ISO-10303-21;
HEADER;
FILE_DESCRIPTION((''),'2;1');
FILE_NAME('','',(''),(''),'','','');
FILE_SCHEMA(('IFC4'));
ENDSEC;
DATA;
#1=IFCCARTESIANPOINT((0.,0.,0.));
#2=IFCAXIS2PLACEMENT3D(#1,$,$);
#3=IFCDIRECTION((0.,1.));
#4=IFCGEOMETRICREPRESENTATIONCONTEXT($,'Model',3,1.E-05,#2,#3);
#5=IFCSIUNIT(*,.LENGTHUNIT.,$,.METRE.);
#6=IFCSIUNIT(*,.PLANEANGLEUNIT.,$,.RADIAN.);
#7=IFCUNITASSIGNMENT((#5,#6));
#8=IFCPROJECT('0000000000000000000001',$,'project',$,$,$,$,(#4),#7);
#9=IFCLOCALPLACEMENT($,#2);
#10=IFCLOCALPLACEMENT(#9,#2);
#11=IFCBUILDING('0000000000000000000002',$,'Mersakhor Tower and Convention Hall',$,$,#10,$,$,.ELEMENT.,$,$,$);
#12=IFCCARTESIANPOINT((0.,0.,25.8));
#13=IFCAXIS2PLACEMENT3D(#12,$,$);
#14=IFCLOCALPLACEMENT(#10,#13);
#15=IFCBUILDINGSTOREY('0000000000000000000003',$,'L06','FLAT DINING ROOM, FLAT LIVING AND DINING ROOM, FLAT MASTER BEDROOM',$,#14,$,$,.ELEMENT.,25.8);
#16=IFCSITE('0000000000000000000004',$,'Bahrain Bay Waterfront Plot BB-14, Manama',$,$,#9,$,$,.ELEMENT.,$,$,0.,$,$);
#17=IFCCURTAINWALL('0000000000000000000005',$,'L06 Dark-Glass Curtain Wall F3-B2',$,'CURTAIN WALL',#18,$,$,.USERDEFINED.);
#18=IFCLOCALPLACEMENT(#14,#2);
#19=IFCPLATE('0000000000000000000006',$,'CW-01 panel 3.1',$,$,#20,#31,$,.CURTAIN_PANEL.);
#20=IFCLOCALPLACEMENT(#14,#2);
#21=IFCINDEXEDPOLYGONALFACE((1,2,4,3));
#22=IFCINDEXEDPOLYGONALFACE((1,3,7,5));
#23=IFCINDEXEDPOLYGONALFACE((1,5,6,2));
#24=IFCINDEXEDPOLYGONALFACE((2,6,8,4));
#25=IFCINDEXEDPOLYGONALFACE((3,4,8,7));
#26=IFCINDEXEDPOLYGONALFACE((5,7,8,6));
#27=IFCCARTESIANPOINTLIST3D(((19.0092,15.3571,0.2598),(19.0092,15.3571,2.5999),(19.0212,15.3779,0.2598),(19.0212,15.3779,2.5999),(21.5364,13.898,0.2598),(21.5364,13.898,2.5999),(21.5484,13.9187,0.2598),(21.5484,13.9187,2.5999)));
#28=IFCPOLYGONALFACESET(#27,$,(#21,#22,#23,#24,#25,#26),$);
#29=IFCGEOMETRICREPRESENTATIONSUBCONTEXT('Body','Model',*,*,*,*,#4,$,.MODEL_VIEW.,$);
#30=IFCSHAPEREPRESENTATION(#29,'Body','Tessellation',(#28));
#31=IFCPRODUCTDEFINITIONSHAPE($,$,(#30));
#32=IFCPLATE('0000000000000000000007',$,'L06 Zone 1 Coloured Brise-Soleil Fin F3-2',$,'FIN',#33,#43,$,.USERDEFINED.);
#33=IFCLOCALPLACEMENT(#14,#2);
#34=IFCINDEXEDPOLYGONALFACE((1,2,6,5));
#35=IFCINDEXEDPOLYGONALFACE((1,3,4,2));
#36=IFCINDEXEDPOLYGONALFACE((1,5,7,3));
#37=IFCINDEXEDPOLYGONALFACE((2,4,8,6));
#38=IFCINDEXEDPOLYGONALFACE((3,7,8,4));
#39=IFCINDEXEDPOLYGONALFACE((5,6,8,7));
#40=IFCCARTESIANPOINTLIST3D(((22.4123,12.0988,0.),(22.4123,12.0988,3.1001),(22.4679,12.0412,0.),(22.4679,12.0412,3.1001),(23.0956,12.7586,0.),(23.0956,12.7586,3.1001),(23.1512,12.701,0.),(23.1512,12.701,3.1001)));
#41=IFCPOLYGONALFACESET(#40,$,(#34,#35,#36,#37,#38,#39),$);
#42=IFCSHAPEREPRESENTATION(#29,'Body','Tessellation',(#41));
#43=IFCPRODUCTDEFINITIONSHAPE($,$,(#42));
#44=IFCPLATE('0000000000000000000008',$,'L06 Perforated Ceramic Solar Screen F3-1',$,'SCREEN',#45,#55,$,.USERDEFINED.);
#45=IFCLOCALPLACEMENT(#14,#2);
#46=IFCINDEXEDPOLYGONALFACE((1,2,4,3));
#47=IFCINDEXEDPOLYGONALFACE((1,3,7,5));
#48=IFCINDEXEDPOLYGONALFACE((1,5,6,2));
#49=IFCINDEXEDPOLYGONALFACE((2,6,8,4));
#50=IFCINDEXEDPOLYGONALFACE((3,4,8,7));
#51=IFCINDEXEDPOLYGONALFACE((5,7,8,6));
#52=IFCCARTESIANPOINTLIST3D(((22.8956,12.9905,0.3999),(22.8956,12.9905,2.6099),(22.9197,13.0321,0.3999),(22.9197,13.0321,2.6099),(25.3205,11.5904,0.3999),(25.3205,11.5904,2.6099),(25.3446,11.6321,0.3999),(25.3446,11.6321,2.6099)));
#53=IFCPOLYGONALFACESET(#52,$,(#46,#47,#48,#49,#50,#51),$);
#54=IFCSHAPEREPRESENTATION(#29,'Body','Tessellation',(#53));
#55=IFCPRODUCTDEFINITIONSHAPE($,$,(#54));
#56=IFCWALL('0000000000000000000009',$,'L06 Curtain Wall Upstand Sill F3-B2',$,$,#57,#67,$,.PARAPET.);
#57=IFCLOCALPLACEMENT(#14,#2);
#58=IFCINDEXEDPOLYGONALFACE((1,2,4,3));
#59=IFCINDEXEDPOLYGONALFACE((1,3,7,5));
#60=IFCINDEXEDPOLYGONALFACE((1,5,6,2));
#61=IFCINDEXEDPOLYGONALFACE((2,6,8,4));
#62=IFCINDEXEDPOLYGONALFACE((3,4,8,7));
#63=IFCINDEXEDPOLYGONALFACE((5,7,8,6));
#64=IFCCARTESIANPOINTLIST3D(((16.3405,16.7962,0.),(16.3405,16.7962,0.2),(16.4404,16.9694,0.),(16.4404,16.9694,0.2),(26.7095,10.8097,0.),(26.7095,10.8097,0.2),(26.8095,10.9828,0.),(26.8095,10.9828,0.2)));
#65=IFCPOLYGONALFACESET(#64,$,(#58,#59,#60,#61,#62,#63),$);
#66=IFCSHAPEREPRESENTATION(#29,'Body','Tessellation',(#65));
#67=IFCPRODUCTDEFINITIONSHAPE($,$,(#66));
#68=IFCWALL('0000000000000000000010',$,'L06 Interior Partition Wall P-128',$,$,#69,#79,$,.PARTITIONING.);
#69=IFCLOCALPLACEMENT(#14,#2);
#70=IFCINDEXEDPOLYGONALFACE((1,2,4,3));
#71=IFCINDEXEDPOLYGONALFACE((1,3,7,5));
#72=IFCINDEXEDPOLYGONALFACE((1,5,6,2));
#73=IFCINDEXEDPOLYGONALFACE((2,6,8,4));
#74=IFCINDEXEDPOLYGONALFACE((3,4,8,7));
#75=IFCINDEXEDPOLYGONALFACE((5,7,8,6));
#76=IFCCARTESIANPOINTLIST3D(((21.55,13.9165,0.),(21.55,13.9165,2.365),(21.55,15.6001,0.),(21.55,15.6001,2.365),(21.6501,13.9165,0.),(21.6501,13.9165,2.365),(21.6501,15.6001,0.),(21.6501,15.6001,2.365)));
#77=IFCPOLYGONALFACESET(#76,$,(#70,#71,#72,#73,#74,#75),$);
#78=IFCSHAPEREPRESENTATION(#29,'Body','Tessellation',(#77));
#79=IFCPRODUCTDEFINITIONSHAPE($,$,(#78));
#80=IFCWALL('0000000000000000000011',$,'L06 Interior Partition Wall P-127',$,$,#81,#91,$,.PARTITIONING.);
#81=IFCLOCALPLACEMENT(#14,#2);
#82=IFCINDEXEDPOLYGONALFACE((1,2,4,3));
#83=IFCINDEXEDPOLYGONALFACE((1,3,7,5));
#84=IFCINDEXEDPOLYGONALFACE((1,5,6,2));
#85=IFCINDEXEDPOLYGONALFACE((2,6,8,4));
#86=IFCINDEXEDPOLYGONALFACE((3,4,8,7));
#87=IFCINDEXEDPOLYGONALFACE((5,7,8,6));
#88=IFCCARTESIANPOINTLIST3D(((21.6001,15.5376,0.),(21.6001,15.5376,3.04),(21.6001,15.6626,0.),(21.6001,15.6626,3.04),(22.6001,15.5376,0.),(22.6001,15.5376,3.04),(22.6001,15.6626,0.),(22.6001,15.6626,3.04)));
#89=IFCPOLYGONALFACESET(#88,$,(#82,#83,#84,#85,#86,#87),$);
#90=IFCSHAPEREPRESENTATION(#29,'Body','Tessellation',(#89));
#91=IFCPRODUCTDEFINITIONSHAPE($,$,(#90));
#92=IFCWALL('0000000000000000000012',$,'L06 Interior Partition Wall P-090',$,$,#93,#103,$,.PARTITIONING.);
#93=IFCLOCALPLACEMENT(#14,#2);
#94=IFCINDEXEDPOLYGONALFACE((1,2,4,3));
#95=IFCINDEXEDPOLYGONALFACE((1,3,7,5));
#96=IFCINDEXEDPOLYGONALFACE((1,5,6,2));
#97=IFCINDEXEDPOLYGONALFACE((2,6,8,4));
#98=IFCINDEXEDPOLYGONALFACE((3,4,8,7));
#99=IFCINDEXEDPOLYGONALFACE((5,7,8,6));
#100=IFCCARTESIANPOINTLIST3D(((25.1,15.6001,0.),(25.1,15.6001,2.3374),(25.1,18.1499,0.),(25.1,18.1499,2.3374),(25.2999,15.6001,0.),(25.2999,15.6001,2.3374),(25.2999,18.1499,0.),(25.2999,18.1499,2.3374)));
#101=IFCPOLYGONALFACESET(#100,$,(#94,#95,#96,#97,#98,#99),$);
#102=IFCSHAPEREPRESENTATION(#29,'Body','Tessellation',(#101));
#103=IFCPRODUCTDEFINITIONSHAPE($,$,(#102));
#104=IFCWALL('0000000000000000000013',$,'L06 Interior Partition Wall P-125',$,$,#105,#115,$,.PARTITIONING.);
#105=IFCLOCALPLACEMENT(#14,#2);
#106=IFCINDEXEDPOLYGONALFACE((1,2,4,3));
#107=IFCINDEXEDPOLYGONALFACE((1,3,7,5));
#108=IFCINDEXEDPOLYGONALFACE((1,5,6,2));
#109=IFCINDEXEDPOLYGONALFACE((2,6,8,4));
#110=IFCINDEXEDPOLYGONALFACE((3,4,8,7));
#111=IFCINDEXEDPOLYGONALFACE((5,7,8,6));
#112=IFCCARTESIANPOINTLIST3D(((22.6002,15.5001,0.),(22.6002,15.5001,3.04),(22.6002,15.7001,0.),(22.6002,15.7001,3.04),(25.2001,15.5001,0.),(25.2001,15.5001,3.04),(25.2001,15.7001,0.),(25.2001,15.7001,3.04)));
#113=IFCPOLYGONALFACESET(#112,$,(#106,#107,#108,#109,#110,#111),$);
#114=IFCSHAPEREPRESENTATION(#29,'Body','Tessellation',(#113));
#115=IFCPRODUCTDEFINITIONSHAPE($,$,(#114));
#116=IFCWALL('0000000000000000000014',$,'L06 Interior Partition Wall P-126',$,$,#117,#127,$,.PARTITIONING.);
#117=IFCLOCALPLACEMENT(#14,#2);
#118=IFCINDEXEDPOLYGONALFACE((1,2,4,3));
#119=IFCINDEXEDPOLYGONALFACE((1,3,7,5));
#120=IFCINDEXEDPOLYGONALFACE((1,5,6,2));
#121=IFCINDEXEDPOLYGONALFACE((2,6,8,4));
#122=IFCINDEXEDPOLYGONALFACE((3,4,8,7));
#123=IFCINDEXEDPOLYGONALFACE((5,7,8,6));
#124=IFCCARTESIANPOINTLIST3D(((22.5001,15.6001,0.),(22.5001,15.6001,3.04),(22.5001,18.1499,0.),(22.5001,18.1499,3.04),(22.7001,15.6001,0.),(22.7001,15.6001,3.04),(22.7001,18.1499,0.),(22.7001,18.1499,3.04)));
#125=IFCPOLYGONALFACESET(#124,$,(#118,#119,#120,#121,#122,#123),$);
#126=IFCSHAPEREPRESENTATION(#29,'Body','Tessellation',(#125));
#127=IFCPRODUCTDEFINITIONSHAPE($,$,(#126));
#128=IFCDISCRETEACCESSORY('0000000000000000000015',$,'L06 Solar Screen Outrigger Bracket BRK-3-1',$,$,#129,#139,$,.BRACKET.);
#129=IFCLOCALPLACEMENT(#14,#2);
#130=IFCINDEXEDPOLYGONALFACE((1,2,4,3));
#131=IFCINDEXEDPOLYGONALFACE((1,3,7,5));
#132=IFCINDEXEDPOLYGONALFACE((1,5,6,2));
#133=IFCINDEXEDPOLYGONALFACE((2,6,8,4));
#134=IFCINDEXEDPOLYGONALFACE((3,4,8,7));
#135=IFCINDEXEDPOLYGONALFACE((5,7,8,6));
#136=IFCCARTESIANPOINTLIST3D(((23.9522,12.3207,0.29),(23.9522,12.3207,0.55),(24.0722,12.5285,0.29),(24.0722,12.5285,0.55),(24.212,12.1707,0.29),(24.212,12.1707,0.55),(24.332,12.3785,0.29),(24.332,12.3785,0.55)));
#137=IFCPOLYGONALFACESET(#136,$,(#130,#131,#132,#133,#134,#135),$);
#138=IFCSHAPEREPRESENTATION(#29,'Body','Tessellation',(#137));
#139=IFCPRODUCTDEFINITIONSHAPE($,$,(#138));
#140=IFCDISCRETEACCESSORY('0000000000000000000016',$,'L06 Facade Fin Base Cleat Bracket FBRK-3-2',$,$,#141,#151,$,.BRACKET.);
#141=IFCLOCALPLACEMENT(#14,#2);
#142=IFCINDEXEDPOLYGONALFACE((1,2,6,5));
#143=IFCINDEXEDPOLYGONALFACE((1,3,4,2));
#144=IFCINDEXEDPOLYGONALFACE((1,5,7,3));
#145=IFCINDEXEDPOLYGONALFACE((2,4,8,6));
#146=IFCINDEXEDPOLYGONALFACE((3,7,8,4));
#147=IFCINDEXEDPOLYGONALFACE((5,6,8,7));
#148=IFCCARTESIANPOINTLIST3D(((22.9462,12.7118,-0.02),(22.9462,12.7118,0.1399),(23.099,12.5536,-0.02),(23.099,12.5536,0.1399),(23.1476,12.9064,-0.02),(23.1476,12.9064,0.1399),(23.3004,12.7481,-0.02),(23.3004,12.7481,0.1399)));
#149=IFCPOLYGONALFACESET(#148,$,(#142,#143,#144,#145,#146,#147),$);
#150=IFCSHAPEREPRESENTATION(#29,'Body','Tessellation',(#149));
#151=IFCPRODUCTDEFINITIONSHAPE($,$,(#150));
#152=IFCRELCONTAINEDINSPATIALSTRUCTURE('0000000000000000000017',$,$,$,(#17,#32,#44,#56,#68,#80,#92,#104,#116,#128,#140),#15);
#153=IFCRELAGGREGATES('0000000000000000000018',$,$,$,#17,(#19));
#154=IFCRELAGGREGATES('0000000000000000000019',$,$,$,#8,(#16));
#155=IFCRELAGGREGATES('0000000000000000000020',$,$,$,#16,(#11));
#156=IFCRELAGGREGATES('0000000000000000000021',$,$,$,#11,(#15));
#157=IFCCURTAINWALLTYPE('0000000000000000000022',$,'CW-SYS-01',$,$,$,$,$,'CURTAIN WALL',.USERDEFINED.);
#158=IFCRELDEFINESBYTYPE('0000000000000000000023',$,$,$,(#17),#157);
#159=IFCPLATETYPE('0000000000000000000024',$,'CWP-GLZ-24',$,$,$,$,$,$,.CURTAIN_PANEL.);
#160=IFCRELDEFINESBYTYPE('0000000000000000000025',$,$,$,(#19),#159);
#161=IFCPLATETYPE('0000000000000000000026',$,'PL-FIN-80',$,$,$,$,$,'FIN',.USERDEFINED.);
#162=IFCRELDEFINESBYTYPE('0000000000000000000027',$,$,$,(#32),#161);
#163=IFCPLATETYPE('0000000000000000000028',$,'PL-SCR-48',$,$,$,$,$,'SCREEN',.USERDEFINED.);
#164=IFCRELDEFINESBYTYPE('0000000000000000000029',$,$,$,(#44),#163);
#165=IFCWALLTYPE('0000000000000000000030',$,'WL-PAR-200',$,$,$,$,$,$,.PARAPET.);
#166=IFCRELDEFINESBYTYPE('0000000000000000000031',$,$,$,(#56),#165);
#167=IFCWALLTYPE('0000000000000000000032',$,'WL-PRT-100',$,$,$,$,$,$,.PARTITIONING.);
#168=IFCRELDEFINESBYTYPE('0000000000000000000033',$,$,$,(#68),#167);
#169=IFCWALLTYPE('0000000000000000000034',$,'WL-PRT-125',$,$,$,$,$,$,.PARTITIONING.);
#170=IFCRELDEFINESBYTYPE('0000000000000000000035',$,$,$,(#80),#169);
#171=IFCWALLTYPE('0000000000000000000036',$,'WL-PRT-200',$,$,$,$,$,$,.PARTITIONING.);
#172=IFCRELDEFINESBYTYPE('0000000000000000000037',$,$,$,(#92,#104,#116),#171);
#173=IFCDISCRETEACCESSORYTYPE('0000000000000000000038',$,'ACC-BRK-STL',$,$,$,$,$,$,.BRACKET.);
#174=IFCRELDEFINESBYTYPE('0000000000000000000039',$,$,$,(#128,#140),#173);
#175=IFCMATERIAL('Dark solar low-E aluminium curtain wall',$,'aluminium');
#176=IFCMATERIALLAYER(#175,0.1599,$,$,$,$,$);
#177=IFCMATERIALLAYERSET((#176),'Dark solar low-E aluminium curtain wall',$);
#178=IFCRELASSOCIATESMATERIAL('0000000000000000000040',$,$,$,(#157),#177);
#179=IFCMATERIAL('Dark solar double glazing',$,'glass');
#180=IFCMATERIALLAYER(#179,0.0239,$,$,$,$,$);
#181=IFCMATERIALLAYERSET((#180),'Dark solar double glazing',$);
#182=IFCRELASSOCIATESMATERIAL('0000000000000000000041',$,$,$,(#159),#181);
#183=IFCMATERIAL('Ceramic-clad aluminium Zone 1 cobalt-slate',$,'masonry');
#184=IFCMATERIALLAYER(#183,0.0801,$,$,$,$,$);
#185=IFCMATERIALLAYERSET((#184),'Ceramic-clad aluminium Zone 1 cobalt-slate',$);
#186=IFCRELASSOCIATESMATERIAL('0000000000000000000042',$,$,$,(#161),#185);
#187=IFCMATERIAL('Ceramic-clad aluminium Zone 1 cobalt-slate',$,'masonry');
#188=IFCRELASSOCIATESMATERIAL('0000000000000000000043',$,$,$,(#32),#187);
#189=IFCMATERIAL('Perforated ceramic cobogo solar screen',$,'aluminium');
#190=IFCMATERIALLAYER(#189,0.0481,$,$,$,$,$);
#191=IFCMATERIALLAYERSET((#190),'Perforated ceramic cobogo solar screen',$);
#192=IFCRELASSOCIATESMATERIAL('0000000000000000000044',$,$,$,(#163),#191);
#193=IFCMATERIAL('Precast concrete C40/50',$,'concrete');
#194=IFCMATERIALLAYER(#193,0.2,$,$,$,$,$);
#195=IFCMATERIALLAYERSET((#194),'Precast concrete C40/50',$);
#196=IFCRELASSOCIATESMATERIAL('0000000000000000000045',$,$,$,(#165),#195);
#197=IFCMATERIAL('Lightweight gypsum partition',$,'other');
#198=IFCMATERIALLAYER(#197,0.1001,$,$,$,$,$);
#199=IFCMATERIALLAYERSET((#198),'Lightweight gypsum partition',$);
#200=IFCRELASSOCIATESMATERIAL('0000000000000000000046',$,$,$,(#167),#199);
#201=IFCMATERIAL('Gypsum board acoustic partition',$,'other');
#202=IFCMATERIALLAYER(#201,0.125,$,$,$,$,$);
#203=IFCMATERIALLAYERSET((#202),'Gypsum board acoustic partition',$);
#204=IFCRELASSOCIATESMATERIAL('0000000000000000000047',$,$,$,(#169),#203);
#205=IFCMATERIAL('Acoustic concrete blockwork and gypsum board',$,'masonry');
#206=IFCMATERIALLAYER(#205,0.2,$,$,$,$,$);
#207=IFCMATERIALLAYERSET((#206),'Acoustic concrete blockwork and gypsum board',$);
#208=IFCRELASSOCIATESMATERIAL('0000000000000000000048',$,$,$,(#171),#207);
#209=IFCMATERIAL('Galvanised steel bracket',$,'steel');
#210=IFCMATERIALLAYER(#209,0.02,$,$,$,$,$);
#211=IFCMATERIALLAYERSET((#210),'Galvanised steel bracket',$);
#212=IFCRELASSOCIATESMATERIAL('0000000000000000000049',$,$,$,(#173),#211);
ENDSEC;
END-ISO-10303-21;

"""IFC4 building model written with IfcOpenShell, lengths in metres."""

from ifc_helpers import new_model, si_unit, direction, frame, frame_2d, origin, origin_2d, place, context, subcontext, project, spatial, rectangle, extrude, material, layer, layer_set, type_object, element, aggregate, save


model = new_model("IFC4")

# Units and contexts
model_context = context("Model", 3, precision=1e-05, world=origin(), true_north=direction((0.0, 1.0)))
body_context = subcontext(model_context, "Body", "Model", "MODEL_VIEW")
ifc_project = project(units=[si_unit("LENGTHUNIT", "METRE"), si_unit("PLANEANGLEUNIT", "RADIAN")], contexts=[model_context])

# Site, building, storey
site_placement = place(None, origin())
site = spatial("IfcSite", under=ifc_project, at=site_placement, Name="Bahrain Bay Waterfront Plot BB-14, Manama", CompositionType="ELEMENT", RefElevation=0.0)
building_placement = place(site_placement, origin())
building = spatial("IfcBuilding", under=site, at=building_placement, Name="Mersakhor Tower and Convention Hall", CompositionType="ELEMENT")
storey_placement = place(building_placement, frame((0.0, 0.0, 25.8)))
storey = spatial("IfcBuildingStorey", under=building, at=storey_placement, Name="L06", Description="FLAT DINING ROOM, FLAT LIVING AND DINING ROOM, FLAT MASTER BEDROOM", CompositionType="ELEMENT", Elevation=25.8)

# Curtain wall, plate
ifc_material_1 = material(Name="Dark solar low-E aluminium curtain wall", Category="aluminium")
ifc_layer_1 = layer(ifc_material_1, 0.1599)
ifc_layer_set_1 = layer_set([ifc_layer_1], Name="Dark solar low-E aluminium curtain wall")
curtain_wall_type = type_object("IfcCurtainWallType", Name="CW-SYS-01", ElementType="CURTAIN WALL", PredefinedType="USERDEFINED", material=ifc_layer_set_1)
curtain_wall_placement = place(storey_placement, origin())
curtain_wall = element("IfcCurtainWall", 1, at=curtain_wall_placement, inside=storey, type_object=curtain_wall_type, Name="L06 Dark-Glass Curtain Wall F3-B2", ObjectType="CURTAIN WALL", PredefinedType="USERDEFINED")
ifc_material_2 = material(Name="Dark solar double glazing", Category="glass")
ifc_layer_2 = layer(ifc_material_2, 0.0239)
ifc_layer_set_2 = layer_set([ifc_layer_2], Name="Dark solar double glazing")
plate_type_1 = type_object("IfcPlateType", Name="CWP-GLZ-24", PredefinedType="CURTAIN_PANEL", material=ifc_layer_set_2)
plate_1_placement = place(storey_placement, frame((20.2788, 14.6379, 0.2598), z_axis=(0.0, 0.0, 1.0), x_axis=(-0.866023, 0.500003, 0.0)))
plate_1 = element("IfcPlate", 2, at=plate_1_placement, type_object=plate_type_1, Name="CW-01 panel 3.1", PredefinedType="CURTAIN_PANEL", context=body_context, shape_type="SweptSolid", body=[
    extrude(rectangle(XDim=2.9182, YDim=0.0239, at=origin_2d()), origin(), (0.0, 0.0, 1.0), 2.3401),
])
aggregate(curtain_wall, [plate_1])

# Plates
ifc_material_3 = material(Name="Ceramic-clad aluminium Zone 1 cobalt-slate", Category="masonry")
ifc_material_4 = material(Name="Ceramic-clad aluminium Zone 1 cobalt-slate", Category="masonry")
ifc_layer_3 = layer(ifc_material_4, 0.0801)
ifc_layer_set_3 = layer_set([ifc_layer_3], Name="Ceramic-clad aluminium Zone 1 cobalt-slate")
plate_type_2 = type_object("IfcPlateType", Name="PL-FIN-80", ElementType="FIN", PredefinedType="USERDEFINED", material=ifc_layer_set_3)
plate_2_placement = place(storey_placement, frame((22.7817, 12.3999, 0.0), z_axis=(0.0, 0.0, 1.0), x_axis=(-0.71934, -0.694658, 0.0)))
element("IfcPlate", 3, at=plate_2_placement, inside=storey, type_object=plate_type_2, material=ifc_material_3, Name="L06 Zone 1 Coloured Brise-Soleil Fin F3-2", ObjectType="FIN", PredefinedType="USERDEFINED", context=body_context, shape_type="SweptSolid", body=[
    extrude(rectangle(XDim=0.95, YDim=0.0801, at=origin_2d()), origin(), (0.0, 0.0, 1.0), 3.1001),
])
ifc_material_5 = material(Name="Perforated ceramic cobogo solar screen", Category="aluminium")
ifc_layer_4 = layer(ifc_material_5, 0.0481)
ifc_layer_set_4 = layer_set([ifc_layer_4], Name="Perforated ceramic cobogo solar screen")
plate_type_3 = type_object("IfcPlateType", Name="PL-SCR-48", ElementType="SCREEN", PredefinedType="USERDEFINED", material=ifc_layer_set_4)
plate_3_placement = place(storey_placement, frame((24.1201, 12.3113, 0.3999), z_axis=(0.0, 0.0, 1.0), x_axis=(-0.866025, 0.5, 0.0)))
element("IfcPlate", 4, at=plate_3_placement, inside=storey, type_object=plate_type_3, Name="L06 Perforated Ceramic Solar Screen F3-1", ObjectType="SCREEN", PredefinedType="USERDEFINED", context=body_context, shape_type="SweptSolid", body=[
    extrude(rectangle(XDim=2.8, YDim=0.0481, at=origin_2d()), origin(), (0.0, 0.0, 1.0), 2.21),
])

# Walls
ifc_material_6 = material(Name="Precast concrete C40/50", Category="concrete")
ifc_layer_5 = layer(ifc_material_6, 0.2)
ifc_layer_set_5 = layer_set([ifc_layer_5], Name="Precast concrete C40/50")
wall_type_1 = type_object("IfcWallType", Name="WL-PAR-200", PredefinedType="PARAPET", material=ifc_layer_set_5)
wall_1_placement = place(storey_placement, frame((26.7595, 10.8962, 0.0), z_axis=(0.0, 0.0, 1.0), x_axis=(-0.866027, 0.499997, 0.0)))
element("IfcWall", 5, at=wall_1_placement, inside=storey, type_object=wall_type_1, Name="L06 Curtain Wall Upstand Sill F3-B2", PredefinedType="PARAPET", context=body_context, shape_type="SweptSolid", body=[
    extrude(rectangle(XDim=11.9731, YDim=0.2, at=frame_2d((5.9866, 0.0))), origin(), (0.0, 0.0, 1.0), 0.2),
])
ifc_material_7 = material(Name="Lightweight gypsum partition", Category="other")
ifc_layer_6 = layer(ifc_material_7, 0.1001)
ifc_layer_set_6 = layer_set([ifc_layer_6], Name="Lightweight gypsum partition")
wall_type_2 = type_object("IfcWallType", Name="WL-PRT-100", PredefinedType="PARTITIONING", material=ifc_layer_set_6)
wall_2_placement = place(storey_placement, frame((21.6001, 15.6001, 0.0), z_axis=(0.0, 0.0, 1.0), x_axis=(0.0, -1.0, 0.0)))
element("IfcWall", 6, at=wall_2_placement, inside=storey, type_object=wall_type_2, Name="L06 Interior Partition Wall P-128", PredefinedType="PARTITIONING", context=body_context, shape_type="SweptSolid", body=[
    extrude(rectangle(XDim=1.6836, YDim=0.1001, at=frame_2d((0.8418, 0.0))), origin(), (0.0, 0.0, 1.0), 2.365),
])
ifc_material_8 = material(Name="Gypsum board acoustic partition", Category="other")
ifc_layer_7 = layer(ifc_material_8, 0.125)
ifc_layer_set_7 = layer_set([ifc_layer_7], Name="Gypsum board acoustic partition")
wall_type_3 = type_object("IfcWallType", Name="WL-PRT-125", PredefinedType="PARTITIONING", material=ifc_layer_set_7)
wall_3_placement = place(storey_placement, frame((22.6001, 15.6001, 0.0), z_axis=(0.0, 0.0, 1.0), x_axis=(-1.0, 0.0, 0.0)))
element("IfcWall", 7, at=wall_3_placement, inside=storey, type_object=wall_type_3, Name="L06 Interior Partition Wall P-127", PredefinedType="PARTITIONING", context=body_context, shape_type="SweptSolid", body=[
    extrude(rectangle(XDim=1.0, YDim=0.125, at=frame_2d((0.5, 0.0))), origin(), (0.0, 0.0, 1.0), 3.04),
])
ifc_material_9 = material(Name="Acoustic concrete blockwork and gypsum board", Category="masonry")
ifc_layer_8 = layer(ifc_material_9, 0.2)
ifc_layer_set_8 = layer_set([ifc_layer_8], Name="Acoustic concrete blockwork and gypsum board")
wall_type_4 = type_object("IfcWallType", Name="WL-PRT-200", PredefinedType="PARTITIONING", material=ifc_layer_set_8)
wall_4_placement = place(storey_placement, frame((25.2, 15.6001, 0.0), z_axis=(0.0, 0.0, 1.0), x_axis=(0.0, 1.0, 0.0)))
element("IfcWall", 8, at=wall_4_placement, inside=storey, type_object=wall_type_4, Name="L06 Interior Partition Wall P-090", PredefinedType="PARTITIONING", context=body_context, shape_type="SweptSolid", body=[
    extrude(rectangle(XDim=2.5498, YDim=0.2, at=frame_2d((1.2749, 0.0))), origin(), (0.0, 0.0, 1.0), 2.3374),
])
wall_5_placement = place(storey_placement, frame((25.2, 15.6001, 0.0), z_axis=(0.0, 0.0, 1.0), x_axis=(-1.0, 0.0, 0.0)))
element("IfcWall", 9, at=wall_5_placement, inside=storey, type_object=wall_type_4, Name="L06 Interior Partition Wall P-125", PredefinedType="PARTITIONING", context=body_context, shape_type="SweptSolid", body=[
    extrude(rectangle(XDim=2.5999, YDim=0.2, at=frame_2d((1.2998, 0.0))), origin(), (0.0, 0.0, 1.0), 3.04),
])
wall_6_placement = place(storey_placement, frame((22.6001, 15.6001, 0.0), z_axis=(0.0, 0.0, 1.0), x_axis=(0.0, 1.0, 0.0)))
element("IfcWall", 10, at=wall_6_placement, inside=storey, type_object=wall_type_4, Name="L06 Interior Partition Wall P-126", PredefinedType="PARTITIONING", context=body_context, shape_type="SweptSolid", body=[
    extrude(rectangle(XDim=2.5498, YDim=0.2, at=frame_2d((1.2749, 0.0))), origin(), (0.0, 0.0, 1.0), 3.04),
])

# Discrete accessories
ifc_material_10 = material(Name="Galvanised steel bracket", Category="steel")
ifc_layer_9 = layer(ifc_material_10, 0.02)
ifc_layer_set_9 = layer_set([ifc_layer_9], Name="Galvanised steel bracket")
discrete_accessory_type = type_object("IfcDiscreteAccessoryType", Name="ACC-BRK-STL", PredefinedType="BRACKET", material=ifc_layer_set_9)
discrete_accessory_1_placement = place(storey_placement, frame((24.1421, 12.3496, 0.29), z_axis=(0.0, 0.0, 1.0), x_axis=(-0.866025, 0.5, 0.0)))
element("IfcDiscreteAccessory", 11, at=discrete_accessory_1_placement, inside=storey, type_object=discrete_accessory_type, Name="L06 Solar Screen Outrigger Bracket BRK-3-1", PredefinedType="BRACKET", context=body_context, shape_type="SweptSolid", body=[
    extrude(rectangle(XDim=0.3, YDim=0.24, at=origin_2d()), origin(), (0.0, 0.0, 1.0), 0.26),
])
discrete_accessory_2_placement = place(storey_placement, frame((23.1233, 12.73, -0.02), z_axis=(0.0, 0.0, 1.0), x_axis=(-0.71934, -0.694658, 0.0)))
element("IfcDiscreteAccessory", 12, at=discrete_accessory_2_placement, inside=storey, type_object=discrete_accessory_type, Name="L06 Facade Fin Base Cleat Bracket FBRK-3-2", PredefinedType="BRACKET", context=body_context, shape_type="SweptSolid", body=[
    extrude(rectangle(XDim=0.28, YDim=0.22, at=origin_2d()), origin(), (0.0, 0.0, 1.0), 0.1599),
])

save(model, "model.ifc")
